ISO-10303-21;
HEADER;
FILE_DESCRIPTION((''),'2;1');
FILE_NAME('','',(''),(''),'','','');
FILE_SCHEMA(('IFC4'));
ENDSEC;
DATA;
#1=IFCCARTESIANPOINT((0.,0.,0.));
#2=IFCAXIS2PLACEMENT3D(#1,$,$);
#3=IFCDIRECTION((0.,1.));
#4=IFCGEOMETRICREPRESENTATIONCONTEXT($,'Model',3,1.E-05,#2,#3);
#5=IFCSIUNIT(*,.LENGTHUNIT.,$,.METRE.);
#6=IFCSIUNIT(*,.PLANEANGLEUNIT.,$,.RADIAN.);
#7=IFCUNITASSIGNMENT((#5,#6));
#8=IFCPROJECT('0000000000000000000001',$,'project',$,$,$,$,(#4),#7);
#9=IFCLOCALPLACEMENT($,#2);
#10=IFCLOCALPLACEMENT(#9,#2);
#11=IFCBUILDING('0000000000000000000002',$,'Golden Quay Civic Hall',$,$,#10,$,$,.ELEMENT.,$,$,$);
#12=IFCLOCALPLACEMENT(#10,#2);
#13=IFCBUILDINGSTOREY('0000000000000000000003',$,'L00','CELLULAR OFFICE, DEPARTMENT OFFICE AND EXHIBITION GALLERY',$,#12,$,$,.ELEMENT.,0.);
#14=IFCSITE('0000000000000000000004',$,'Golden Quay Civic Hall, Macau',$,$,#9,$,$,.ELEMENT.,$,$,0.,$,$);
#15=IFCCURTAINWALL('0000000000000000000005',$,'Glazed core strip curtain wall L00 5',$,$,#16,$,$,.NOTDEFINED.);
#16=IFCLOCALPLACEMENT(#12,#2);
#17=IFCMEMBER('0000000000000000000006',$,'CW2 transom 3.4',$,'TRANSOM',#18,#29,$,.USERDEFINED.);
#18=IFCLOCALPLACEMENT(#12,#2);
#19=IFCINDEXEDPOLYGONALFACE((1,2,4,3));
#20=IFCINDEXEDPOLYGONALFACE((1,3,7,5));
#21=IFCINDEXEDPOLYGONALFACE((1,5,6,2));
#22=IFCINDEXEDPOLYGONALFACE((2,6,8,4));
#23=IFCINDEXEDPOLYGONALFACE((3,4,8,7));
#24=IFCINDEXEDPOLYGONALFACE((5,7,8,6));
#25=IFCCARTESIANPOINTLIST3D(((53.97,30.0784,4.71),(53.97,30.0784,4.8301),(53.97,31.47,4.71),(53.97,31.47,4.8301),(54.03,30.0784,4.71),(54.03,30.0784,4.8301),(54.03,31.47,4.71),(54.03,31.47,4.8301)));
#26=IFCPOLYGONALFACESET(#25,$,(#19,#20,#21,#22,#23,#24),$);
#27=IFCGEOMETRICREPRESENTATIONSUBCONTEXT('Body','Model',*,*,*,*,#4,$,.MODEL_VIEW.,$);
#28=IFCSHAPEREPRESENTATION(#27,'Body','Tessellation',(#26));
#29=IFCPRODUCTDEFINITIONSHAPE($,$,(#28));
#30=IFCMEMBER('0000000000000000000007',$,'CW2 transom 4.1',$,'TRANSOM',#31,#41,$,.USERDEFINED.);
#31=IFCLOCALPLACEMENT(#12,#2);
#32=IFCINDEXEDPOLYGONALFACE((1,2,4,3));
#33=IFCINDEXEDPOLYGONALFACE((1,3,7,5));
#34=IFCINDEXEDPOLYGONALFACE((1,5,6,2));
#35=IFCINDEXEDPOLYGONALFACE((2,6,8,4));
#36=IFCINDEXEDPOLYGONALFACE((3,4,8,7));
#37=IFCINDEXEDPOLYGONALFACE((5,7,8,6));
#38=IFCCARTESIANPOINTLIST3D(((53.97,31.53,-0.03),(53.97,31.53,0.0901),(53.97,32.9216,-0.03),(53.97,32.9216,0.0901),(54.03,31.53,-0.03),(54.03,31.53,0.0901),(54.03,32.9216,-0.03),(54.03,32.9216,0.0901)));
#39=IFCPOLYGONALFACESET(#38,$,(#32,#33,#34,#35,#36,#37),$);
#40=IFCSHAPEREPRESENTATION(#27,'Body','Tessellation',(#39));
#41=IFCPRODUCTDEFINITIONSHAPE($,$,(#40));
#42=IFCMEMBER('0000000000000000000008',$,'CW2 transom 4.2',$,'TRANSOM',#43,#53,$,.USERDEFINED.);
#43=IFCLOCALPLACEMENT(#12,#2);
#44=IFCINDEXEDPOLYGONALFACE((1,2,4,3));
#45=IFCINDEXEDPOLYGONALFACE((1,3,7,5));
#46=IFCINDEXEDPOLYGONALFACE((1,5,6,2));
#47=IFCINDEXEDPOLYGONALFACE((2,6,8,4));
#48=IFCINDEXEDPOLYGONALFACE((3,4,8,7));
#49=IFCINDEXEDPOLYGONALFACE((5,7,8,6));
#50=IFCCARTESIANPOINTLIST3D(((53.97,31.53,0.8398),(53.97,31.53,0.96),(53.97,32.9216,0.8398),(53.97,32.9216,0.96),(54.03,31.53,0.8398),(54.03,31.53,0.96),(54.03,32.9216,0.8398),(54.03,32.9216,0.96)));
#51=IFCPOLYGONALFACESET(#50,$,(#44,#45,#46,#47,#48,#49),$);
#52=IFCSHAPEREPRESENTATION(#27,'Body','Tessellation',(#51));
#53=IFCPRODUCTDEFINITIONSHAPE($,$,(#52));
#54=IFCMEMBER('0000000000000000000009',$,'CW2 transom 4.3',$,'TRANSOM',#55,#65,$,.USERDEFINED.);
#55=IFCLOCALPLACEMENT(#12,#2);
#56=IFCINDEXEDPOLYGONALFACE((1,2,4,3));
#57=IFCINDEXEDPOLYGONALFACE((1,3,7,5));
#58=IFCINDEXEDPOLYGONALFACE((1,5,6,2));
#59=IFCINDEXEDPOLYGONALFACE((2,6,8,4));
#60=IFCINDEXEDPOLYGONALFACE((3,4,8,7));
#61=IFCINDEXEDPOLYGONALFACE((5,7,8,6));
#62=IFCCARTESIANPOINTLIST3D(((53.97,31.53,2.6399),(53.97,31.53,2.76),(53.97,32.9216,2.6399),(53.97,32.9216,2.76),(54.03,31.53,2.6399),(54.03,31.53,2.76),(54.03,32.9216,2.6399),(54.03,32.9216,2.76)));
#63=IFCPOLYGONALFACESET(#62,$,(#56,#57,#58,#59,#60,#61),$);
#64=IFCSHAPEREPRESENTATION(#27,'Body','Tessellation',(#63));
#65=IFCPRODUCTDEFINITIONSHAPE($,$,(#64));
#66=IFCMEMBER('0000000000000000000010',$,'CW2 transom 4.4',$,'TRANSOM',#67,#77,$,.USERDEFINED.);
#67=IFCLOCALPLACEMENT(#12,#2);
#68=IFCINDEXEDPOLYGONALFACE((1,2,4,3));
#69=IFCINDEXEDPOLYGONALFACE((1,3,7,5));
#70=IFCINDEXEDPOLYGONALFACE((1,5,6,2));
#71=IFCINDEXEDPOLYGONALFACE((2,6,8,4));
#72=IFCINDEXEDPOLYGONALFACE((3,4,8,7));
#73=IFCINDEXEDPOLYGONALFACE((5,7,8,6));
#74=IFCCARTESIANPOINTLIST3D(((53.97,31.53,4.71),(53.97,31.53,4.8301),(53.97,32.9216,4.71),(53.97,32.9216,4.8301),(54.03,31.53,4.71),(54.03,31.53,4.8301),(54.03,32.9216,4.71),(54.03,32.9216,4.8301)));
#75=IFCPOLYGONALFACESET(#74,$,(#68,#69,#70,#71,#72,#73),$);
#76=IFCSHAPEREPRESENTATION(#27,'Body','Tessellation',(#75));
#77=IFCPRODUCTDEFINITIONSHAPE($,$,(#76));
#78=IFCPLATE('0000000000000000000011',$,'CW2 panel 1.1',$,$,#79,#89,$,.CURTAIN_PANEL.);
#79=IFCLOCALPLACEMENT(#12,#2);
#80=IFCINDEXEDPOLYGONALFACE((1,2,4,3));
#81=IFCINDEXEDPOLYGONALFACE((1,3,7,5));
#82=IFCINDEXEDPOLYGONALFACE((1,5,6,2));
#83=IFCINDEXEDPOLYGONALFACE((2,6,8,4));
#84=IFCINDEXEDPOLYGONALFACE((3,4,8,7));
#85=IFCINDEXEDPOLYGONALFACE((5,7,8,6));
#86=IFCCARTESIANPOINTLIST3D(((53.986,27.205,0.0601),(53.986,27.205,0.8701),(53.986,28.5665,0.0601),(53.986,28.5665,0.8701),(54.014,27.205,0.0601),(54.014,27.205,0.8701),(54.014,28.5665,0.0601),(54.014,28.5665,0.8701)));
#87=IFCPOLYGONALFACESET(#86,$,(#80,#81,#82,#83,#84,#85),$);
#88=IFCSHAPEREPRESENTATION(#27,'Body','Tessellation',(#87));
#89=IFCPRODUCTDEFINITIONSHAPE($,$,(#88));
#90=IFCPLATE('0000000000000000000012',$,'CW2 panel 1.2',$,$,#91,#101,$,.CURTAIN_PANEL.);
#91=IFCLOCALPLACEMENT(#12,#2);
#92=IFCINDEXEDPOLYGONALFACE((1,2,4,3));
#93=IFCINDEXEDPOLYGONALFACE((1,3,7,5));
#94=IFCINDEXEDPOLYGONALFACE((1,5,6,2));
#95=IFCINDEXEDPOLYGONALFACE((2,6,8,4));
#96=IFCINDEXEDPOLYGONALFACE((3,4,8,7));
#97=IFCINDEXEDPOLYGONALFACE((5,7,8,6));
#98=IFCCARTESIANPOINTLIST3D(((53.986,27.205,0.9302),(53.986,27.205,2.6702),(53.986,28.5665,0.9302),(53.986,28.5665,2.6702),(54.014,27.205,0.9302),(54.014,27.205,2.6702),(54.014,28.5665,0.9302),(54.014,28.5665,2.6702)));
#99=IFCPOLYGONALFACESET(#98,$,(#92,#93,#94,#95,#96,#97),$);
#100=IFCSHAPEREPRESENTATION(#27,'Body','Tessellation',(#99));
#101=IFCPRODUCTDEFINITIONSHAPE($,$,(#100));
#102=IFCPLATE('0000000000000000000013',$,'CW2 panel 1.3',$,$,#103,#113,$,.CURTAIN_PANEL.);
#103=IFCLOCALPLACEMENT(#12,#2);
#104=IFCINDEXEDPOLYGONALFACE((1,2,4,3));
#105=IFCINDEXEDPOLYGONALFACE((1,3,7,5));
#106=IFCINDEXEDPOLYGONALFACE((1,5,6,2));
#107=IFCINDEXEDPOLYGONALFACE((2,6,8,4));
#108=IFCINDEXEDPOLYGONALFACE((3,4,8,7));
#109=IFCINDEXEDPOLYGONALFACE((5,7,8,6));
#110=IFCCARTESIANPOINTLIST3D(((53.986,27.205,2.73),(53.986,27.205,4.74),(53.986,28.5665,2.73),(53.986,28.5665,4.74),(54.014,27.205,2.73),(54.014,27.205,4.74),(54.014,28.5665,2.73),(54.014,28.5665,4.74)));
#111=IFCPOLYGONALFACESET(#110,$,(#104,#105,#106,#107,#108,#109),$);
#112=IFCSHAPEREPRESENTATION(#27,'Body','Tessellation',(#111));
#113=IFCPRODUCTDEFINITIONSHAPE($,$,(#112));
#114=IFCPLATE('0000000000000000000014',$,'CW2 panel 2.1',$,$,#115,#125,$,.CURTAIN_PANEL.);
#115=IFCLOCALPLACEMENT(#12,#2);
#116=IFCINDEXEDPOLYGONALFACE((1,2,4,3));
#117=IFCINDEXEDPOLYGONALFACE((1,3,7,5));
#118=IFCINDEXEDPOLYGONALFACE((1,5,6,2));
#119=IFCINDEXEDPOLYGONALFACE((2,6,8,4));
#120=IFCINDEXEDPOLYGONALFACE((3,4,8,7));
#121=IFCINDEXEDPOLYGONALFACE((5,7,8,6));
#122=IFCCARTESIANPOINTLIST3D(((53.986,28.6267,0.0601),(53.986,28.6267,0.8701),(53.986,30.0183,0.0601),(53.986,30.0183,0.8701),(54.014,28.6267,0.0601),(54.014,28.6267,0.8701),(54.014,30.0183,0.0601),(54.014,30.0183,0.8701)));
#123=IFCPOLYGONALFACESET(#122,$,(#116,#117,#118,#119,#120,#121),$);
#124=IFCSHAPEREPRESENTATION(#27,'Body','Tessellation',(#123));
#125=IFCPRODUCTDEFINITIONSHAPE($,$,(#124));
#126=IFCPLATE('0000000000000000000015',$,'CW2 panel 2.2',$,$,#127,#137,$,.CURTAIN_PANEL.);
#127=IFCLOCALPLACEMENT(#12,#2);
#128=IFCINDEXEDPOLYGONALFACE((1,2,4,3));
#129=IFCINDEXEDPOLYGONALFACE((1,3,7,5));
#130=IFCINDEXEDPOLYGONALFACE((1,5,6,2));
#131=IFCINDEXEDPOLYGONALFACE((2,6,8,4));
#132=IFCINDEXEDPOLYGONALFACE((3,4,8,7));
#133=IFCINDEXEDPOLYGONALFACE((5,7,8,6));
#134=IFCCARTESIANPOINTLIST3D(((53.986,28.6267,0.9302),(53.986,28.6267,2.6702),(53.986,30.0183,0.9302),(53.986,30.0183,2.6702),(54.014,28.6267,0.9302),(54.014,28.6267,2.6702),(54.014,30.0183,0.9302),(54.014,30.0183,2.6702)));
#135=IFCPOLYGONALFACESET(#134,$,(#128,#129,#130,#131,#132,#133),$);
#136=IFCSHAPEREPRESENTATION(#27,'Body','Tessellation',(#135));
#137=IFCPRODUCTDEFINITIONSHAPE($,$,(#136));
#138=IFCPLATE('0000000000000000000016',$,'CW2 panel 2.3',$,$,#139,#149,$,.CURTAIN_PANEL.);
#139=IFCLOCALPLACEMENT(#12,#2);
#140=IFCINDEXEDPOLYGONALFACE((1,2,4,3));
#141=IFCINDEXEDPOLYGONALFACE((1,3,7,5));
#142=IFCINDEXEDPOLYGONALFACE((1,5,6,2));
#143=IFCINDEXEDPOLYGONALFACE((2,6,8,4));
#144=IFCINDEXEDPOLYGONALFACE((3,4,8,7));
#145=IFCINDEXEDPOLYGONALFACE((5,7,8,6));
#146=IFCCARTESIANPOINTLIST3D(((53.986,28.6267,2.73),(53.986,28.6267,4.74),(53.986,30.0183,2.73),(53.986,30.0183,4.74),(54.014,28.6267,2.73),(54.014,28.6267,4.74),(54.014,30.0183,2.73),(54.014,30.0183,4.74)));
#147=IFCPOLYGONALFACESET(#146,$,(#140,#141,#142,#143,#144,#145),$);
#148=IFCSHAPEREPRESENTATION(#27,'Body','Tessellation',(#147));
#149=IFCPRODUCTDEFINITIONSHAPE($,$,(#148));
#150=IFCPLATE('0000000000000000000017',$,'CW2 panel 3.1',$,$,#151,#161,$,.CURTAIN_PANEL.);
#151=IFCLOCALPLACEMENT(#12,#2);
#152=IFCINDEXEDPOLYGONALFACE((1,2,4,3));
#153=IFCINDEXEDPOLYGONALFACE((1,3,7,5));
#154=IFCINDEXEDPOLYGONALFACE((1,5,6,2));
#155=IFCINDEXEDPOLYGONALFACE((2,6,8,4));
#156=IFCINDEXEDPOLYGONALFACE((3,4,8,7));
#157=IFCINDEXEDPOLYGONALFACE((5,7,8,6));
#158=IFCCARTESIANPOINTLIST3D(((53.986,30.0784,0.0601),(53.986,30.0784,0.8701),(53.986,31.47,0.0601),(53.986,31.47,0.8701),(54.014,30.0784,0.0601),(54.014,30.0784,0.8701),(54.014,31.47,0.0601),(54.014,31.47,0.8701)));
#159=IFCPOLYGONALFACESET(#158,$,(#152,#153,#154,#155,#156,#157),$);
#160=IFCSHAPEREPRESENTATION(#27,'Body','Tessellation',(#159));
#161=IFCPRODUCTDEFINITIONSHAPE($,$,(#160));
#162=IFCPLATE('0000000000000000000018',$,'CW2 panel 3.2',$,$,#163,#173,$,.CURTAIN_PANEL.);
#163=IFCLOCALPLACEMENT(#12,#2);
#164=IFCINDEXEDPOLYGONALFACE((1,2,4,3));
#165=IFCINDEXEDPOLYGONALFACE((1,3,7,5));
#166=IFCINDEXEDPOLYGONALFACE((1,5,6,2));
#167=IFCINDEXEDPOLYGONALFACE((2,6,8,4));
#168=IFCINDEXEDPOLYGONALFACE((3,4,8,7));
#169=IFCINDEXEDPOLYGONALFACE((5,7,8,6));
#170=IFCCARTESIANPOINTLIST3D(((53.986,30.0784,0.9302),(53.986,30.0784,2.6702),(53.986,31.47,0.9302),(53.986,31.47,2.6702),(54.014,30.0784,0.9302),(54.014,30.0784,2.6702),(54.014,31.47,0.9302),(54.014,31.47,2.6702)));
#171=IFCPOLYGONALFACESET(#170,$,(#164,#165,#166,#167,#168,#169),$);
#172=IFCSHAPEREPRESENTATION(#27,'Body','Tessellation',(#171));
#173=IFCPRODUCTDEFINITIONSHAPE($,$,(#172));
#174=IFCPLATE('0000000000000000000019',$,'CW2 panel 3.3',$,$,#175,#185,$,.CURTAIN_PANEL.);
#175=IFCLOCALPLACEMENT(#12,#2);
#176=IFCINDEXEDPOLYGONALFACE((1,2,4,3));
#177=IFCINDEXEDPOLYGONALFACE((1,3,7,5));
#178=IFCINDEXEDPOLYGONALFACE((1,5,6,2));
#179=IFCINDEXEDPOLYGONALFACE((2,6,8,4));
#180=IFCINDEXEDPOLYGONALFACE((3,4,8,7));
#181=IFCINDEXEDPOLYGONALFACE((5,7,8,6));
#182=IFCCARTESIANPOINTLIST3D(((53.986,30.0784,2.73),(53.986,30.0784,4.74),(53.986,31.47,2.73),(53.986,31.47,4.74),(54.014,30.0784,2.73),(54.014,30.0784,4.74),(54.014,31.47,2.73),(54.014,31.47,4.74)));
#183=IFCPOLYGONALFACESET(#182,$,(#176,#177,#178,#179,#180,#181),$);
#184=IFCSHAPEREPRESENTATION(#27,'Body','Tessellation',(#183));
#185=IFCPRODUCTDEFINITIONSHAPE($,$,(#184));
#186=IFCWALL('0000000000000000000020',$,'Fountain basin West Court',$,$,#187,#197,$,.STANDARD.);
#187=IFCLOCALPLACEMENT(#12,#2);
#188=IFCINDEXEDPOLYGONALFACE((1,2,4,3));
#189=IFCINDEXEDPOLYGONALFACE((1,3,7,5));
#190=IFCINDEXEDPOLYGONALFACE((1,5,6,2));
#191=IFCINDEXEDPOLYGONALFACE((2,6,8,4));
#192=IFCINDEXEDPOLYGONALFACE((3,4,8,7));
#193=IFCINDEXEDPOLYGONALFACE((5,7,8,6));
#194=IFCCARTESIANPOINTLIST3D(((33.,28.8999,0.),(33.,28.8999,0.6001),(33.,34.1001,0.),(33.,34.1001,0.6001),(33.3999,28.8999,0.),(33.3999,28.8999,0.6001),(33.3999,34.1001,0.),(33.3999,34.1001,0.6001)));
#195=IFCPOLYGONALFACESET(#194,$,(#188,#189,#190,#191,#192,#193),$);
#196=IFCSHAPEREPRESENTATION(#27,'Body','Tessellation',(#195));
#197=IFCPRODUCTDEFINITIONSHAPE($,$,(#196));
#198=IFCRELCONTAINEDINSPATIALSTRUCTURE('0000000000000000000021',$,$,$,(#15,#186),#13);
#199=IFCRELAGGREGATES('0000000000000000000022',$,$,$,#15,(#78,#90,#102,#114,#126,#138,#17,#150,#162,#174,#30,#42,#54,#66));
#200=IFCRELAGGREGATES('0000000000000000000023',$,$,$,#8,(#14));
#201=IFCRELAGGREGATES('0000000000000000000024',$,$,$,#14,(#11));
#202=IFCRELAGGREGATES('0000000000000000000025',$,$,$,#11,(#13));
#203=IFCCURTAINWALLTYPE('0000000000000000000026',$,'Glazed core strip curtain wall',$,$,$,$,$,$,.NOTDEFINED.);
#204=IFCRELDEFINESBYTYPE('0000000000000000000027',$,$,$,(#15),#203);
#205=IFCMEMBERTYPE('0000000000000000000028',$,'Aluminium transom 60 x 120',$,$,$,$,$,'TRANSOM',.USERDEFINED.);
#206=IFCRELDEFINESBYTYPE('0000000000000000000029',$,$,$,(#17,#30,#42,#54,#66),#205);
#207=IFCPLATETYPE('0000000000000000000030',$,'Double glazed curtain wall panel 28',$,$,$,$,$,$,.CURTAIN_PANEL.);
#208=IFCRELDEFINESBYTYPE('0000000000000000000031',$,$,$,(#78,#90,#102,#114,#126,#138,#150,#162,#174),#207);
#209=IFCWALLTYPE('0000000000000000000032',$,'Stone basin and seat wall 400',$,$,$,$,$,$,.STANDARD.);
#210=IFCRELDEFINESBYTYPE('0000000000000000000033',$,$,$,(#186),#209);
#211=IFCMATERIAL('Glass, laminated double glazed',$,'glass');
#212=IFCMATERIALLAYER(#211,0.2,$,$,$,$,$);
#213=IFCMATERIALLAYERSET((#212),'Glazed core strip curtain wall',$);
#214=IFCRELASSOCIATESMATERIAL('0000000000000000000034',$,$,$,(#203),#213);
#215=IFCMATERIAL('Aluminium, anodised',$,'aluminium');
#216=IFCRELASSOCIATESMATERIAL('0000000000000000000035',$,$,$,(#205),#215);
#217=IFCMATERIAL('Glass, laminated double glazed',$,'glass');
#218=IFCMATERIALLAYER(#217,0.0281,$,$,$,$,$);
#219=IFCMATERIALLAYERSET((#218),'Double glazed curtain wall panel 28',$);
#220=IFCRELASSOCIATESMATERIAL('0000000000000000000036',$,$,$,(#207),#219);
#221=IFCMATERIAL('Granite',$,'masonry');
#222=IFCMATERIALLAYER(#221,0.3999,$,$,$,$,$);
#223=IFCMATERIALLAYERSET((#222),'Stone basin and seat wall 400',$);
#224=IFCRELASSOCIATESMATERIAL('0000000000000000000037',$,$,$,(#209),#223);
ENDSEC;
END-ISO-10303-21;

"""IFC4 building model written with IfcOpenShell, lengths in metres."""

from ifc_helpers import new_model, si_unit, direction, frame, frame_2d, origin, origin_2d, place, context, subcontext, project, spatial, rectangle, extrude, material, layer, layer_set, material_profile, profile_set, type_object, element, aggregate, save


model = new_model("IFC4")

# Units and contexts
model_context = context("Model", 3, precision=1e-05, world=origin(), true_north=direction((0.0, 1.0)))
body_context = subcontext(model_context, "Body", "Model", "MODEL_VIEW")
ifc_project = project(units=[si_unit("LENGTHUNIT", "METRE"), si_unit("PLANEANGLEUNIT", "RADIAN")], contexts=[model_context])

# Site, building, storey
site_placement = place(None, origin())
site = spatial("IfcSite", under=ifc_project, at=site_placement, Name="Golden Quay Civic Hall, Macau", CompositionType="ELEMENT", RefElevation=0.0)
building_placement = place(site_placement, origin())
building = spatial("IfcBuilding", under=site, at=building_placement, Name="Golden Quay Civic Hall", CompositionType="ELEMENT")
storey_placement = place(building_placement, origin())
storey = spatial("IfcBuildingStorey", under=building, at=storey_placement, Name="L00", Description="CELLULAR OFFICE, DEPARTMENT OFFICE AND EXHIBITION GALLERY", CompositionType="ELEMENT", Elevation=0.0)

# Curtain wall, members, plates
ifc_material_1 = material(Name="Glass, laminated double glazed", Category="glass")
ifc_layer_1 = layer(ifc_material_1, 0.2)
ifc_layer_set_1 = layer_set([ifc_layer_1], Name="Glazed core strip curtain wall")
curtain_wall_type = type_object("IfcCurtainWallType", Name="Glazed core strip curtain wall", PredefinedType="NOTDEFINED", material=ifc_layer_set_1)
curtain_wall_placement = place(storey_placement, origin())
curtain_wall = element("IfcCurtainWall", 1, at=curtain_wall_placement, inside=storey, type_object=curtain_wall_type, Name="Glazed core strip curtain wall L00 5", PredefinedType="NOTDEFINED")
ifc_material_2 = material(Name="Aluminium, anodised", Category="aluminium")
ifc_material_profile_1 = material_profile(ifc_material_2, rectangle(XDim=0.0601, YDim=0.1201, at=origin_2d()), Name="Aluminium 60 x 120")
ifc_profile_set_1 = profile_set([ifc_material_profile_1], Name="Aluminium, anodised")
member_type_1 = type_object("IfcMemberType", Name="Aluminium transom 60 x 120", ElementType="TRANSOM", PredefinedType="USERDEFINED", material=ifc_profile_set_1)
member_1_placement = place(storey_placement, frame((54.0, 30.0784, 4.77), z_axis=(0.0, 1.0, 0.0), x_axis=(-1.0, 0.0, 0.0)))
member_1 = element("IfcMember", 2, at=member_1_placement, type_object=member_type_1, Name="CW2 transom 3.4", ObjectType="TRANSOM", PredefinedType="USERDEFINED", context=body_context, shape_type="SweptSolid", body=[
    extrude(rectangle(XDim=0.0601, YDim=0.1201, at=origin_2d()), origin(), (0.0, 0.0, 1.0), 1.3916),
])
member_2_placement = place(storey_placement, frame((54.0, 31.53, 0.03), z_axis=(0.0, 1.0, 0.0), x_axis=(-1.0, 0.0, 0.0)))
member_2 = element("IfcMember", 3, at=member_2_placement, type_object=member_type_1, Name="CW2 transom 4.1", ObjectType="TRANSOM", PredefinedType="USERDEFINED", context=body_context, shape_type="SweptSolid", body=[
    extrude(rectangle(XDim=0.0601, YDim=0.1201, at=origin_2d()), origin(), (0.0, 0.0, 1.0), 1.3916),
])
member_3_placement = place(storey_placement, frame((54.0, 31.53, 0.8999), z_axis=(0.0, 1.0, 0.0), x_axis=(-1.0, 0.0, 0.0)))
member_3 = element("IfcMember", 4, at=member_3_placement, type_object=member_type_1, Name="CW2 transom 4.2", ObjectType="TRANSOM", PredefinedType="USERDEFINED", context=body_context, shape_type="SweptSolid", body=[
    extrude(rectangle(XDim=0.0601, YDim=0.1201, at=origin_2d()), origin(), (0.0, 0.0, 1.0), 1.3916),
])
member_4_placement = place(storey_placement, frame((54.0, 31.53, 2.7), z_axis=(0.0, 1.0, 0.0), x_axis=(-1.0, 0.0, 0.0)))
member_4 = element("IfcMember", 5, at=member_4_placement, type_object=member_type_1, Name="CW2 transom 4.3", ObjectType="TRANSOM", PredefinedType="USERDEFINED", context=body_context, shape_type="SweptSolid", body=[
    extrude(rectangle(XDim=0.0601, YDim=0.1201, at=origin_2d()), origin(), (0.0, 0.0, 1.0), 1.3916),
])
member_5_placement = place(storey_placement, frame((54.0, 31.53, 4.77), z_axis=(0.0, 1.0, 0.0), x_axis=(-1.0, 0.0, 0.0)))
member_5 = element("IfcMember", 6, at=member_5_placement, type_object=member_type_1, Name="CW2 transom 4.4", ObjectType="TRANSOM", PredefinedType="USERDEFINED", context=body_context, shape_type="SweptSolid", body=[
    extrude(rectangle(XDim=0.0601, YDim=0.1201, at=origin_2d()), origin(), (0.0, 0.0, 1.0), 1.3916),
])
ifc_material_3 = material(Name="Glass, laminated double glazed", Category="glass")
ifc_layer_2 = layer(ifc_material_3, 0.0281)
ifc_layer_set_2 = layer_set([ifc_layer_2], Name="Double glazed curtain wall panel 28")
plate_type = type_object("IfcPlateType", Name="Double glazed curtain wall panel 28", PredefinedType="CURTAIN_PANEL", material=ifc_layer_set_2)
plate_1_placement = place(storey_placement, frame((54.0, 27.8857, 0.0601), z_axis=(0.0, 0.0, 1.0), x_axis=(0.0, 1.0, 0.0)))
plate_1 = element("IfcPlate", 7, at=plate_1_placement, type_object=plate_type, Name="CW2 panel 1.1", PredefinedType="CURTAIN_PANEL", context=body_context, shape_type="SweptSolid", body=[
    extrude(rectangle(XDim=1.3616, YDim=0.0281, at=origin_2d()), origin(), (0.0, 0.0, 1.0), 0.8101),
])
plate_2_placement = place(storey_placement, frame((54.0, 27.8857, 0.9302), z_axis=(0.0, 0.0, 1.0), x_axis=(0.0, 1.0, 0.0)))
plate_2 = element("IfcPlate", 8, at=plate_2_placement, type_object=plate_type, Name="CW2 panel 1.2", PredefinedType="CURTAIN_PANEL", context=body_context, shape_type="SweptSolid", body=[
    extrude(rectangle(XDim=1.3616, YDim=0.0281, at=origin_2d()), origin(), (0.0, 0.0, 1.0), 1.74),
])
plate_3_placement = place(storey_placement, frame((54.0, 27.8857, 2.73), z_axis=(0.0, 0.0, 1.0), x_axis=(0.0, 1.0, 0.0)))
plate_3 = element("IfcPlate", 9, at=plate_3_placement, type_object=plate_type, Name="CW2 panel 1.3", PredefinedType="CURTAIN_PANEL", context=body_context, shape_type="SweptSolid", body=[
    extrude(rectangle(XDim=1.3616, YDim=0.0281, at=origin_2d()), origin(), (0.0, 0.0, 1.0), 2.01),
])
plate_4_placement = place(storey_placement, frame((54.0, 29.3225, 0.0601), z_axis=(0.0, 0.0, 1.0), x_axis=(0.0, 1.0, 0.0)))
plate_4 = element("IfcPlate", 10, at=plate_4_placement, type_object=plate_type, Name="CW2 panel 2.1", PredefinedType="CURTAIN_PANEL", context=body_context, shape_type="SweptSolid", body=[
    extrude(rectangle(XDim=1.3916, YDim=0.0281, at=origin_2d()), origin(), (0.0, 0.0, 1.0), 0.8101),
])
plate_5_placement = place(storey_placement, frame((54.0, 29.3225, 0.9302), z_axis=(0.0, 0.0, 1.0), x_axis=(0.0, 1.0, 0.0)))
plate_5 = element("IfcPlate", 11, at=plate_5_placement, type_object=plate_type, Name="CW2 panel 2.2", PredefinedType="CURTAIN_PANEL", context=body_context, shape_type="SweptSolid", body=[
    extrude(rectangle(XDim=1.3916, YDim=0.0281, at=origin_2d()), origin(), (0.0, 0.0, 1.0), 1.74),
])
plate_6_placement = place(storey_placement, frame((54.0, 29.3225, 2.73), z_axis=(0.0, 0.0, 1.0), x_axis=(0.0, 1.0, 0.0)))
plate_6 = element("IfcPlate", 12, at=plate_6_placement, type_object=plate_type, Name="CW2 panel 2.3", PredefinedType="CURTAIN_PANEL", context=body_context, shape_type="SweptSolid", body=[
    extrude(rectangle(XDim=1.3916, YDim=0.0281, at=origin_2d()), origin(), (0.0, 0.0, 1.0), 2.01),
])
plate_7_placement = place(storey_placement, frame((54.0, 30.7742, 0.0601), z_axis=(0.0, 0.0, 1.0), x_axis=(0.0, 1.0, 0.0)))
plate_7 = element("IfcPlate", 13, at=plate_7_placement, type_object=plate_type, Name="CW2 panel 3.1", PredefinedType="CURTAIN_PANEL", context=body_context, shape_type="SweptSolid", body=[
    extrude(rectangle(XDim=1.3916, YDim=0.0281, at=origin_2d()), origin(), (0.0, 0.0, 1.0), 0.8101),
])
plate_8_placement = place(storey_placement, frame((54.0, 30.7742, 0.9302), z_axis=(0.0, 0.0, 1.0), x_axis=(0.0, 1.0, 0.0)))
plate_8 = element("IfcPlate", 14, at=plate_8_placement, type_object=plate_type, Name="CW2 panel 3.2", PredefinedType="CURTAIN_PANEL", context=body_context, shape_type="SweptSolid", body=[
    extrude(rectangle(XDim=1.3916, YDim=0.0281, at=origin_2d()), origin(), (0.0, 0.0, 1.0), 1.74),
])
plate_9_placement = place(storey_placement, frame((54.0, 30.7742, 2.73), z_axis=(0.0, 0.0, 1.0), x_axis=(0.0, 1.0, 0.0)))
plate_9 = element("IfcPlate", 15, at=plate_9_placement, type_object=plate_type, Name="CW2 panel 3.3", PredefinedType="CURTAIN_PANEL", context=body_context, shape_type="SweptSolid", body=[
    extrude(rectangle(XDim=1.3916, YDim=0.0281, at=origin_2d()), origin(), (0.0, 0.0, 1.0), 2.01),
])
aggregate(curtain_wall, [plate_1, plate_2, plate_3, plate_4, plate_5, plate_6, member_1, plate_7, plate_8, plate_9, member_2, member_3, member_4, member_5])

# Wall
ifc_material_4 = material(Name="Granite", Category="masonry")
ifc_layer_3 = layer(ifc_material_4, 0.3999)
ifc_layer_set_3 = layer_set([ifc_layer_3], Name="Stone basin and seat wall 400")
wall_type = type_object("IfcWallType", Name="Stone basin and seat wall 400", PredefinedType="STANDARD", material=ifc_layer_set_3)
for number, where, z_axis, x_axis, name in (
    (16, (33.2, 28.8999, 0.0), (0.0, 0.0, 1.0), (0.0, 1.0, 0.0), "Fountain basin West Court"),
):
    element("IfcWall", number, at=place(storey_placement, frame(where, z_axis=z_axis, x_axis=x_axis)), inside=storey, type_object=wall_type, Name=name, PredefinedType="STANDARD", context=body_context, shape_type="SweptSolid", body=[
        extrude(rectangle(XDim=5.2002, YDim=0.3999, at=frame_2d((2.6001, 0.0))), origin(), (0.0, 0.0, 1.0), 0.6001),
    ])

save(model, "model.ifc")
